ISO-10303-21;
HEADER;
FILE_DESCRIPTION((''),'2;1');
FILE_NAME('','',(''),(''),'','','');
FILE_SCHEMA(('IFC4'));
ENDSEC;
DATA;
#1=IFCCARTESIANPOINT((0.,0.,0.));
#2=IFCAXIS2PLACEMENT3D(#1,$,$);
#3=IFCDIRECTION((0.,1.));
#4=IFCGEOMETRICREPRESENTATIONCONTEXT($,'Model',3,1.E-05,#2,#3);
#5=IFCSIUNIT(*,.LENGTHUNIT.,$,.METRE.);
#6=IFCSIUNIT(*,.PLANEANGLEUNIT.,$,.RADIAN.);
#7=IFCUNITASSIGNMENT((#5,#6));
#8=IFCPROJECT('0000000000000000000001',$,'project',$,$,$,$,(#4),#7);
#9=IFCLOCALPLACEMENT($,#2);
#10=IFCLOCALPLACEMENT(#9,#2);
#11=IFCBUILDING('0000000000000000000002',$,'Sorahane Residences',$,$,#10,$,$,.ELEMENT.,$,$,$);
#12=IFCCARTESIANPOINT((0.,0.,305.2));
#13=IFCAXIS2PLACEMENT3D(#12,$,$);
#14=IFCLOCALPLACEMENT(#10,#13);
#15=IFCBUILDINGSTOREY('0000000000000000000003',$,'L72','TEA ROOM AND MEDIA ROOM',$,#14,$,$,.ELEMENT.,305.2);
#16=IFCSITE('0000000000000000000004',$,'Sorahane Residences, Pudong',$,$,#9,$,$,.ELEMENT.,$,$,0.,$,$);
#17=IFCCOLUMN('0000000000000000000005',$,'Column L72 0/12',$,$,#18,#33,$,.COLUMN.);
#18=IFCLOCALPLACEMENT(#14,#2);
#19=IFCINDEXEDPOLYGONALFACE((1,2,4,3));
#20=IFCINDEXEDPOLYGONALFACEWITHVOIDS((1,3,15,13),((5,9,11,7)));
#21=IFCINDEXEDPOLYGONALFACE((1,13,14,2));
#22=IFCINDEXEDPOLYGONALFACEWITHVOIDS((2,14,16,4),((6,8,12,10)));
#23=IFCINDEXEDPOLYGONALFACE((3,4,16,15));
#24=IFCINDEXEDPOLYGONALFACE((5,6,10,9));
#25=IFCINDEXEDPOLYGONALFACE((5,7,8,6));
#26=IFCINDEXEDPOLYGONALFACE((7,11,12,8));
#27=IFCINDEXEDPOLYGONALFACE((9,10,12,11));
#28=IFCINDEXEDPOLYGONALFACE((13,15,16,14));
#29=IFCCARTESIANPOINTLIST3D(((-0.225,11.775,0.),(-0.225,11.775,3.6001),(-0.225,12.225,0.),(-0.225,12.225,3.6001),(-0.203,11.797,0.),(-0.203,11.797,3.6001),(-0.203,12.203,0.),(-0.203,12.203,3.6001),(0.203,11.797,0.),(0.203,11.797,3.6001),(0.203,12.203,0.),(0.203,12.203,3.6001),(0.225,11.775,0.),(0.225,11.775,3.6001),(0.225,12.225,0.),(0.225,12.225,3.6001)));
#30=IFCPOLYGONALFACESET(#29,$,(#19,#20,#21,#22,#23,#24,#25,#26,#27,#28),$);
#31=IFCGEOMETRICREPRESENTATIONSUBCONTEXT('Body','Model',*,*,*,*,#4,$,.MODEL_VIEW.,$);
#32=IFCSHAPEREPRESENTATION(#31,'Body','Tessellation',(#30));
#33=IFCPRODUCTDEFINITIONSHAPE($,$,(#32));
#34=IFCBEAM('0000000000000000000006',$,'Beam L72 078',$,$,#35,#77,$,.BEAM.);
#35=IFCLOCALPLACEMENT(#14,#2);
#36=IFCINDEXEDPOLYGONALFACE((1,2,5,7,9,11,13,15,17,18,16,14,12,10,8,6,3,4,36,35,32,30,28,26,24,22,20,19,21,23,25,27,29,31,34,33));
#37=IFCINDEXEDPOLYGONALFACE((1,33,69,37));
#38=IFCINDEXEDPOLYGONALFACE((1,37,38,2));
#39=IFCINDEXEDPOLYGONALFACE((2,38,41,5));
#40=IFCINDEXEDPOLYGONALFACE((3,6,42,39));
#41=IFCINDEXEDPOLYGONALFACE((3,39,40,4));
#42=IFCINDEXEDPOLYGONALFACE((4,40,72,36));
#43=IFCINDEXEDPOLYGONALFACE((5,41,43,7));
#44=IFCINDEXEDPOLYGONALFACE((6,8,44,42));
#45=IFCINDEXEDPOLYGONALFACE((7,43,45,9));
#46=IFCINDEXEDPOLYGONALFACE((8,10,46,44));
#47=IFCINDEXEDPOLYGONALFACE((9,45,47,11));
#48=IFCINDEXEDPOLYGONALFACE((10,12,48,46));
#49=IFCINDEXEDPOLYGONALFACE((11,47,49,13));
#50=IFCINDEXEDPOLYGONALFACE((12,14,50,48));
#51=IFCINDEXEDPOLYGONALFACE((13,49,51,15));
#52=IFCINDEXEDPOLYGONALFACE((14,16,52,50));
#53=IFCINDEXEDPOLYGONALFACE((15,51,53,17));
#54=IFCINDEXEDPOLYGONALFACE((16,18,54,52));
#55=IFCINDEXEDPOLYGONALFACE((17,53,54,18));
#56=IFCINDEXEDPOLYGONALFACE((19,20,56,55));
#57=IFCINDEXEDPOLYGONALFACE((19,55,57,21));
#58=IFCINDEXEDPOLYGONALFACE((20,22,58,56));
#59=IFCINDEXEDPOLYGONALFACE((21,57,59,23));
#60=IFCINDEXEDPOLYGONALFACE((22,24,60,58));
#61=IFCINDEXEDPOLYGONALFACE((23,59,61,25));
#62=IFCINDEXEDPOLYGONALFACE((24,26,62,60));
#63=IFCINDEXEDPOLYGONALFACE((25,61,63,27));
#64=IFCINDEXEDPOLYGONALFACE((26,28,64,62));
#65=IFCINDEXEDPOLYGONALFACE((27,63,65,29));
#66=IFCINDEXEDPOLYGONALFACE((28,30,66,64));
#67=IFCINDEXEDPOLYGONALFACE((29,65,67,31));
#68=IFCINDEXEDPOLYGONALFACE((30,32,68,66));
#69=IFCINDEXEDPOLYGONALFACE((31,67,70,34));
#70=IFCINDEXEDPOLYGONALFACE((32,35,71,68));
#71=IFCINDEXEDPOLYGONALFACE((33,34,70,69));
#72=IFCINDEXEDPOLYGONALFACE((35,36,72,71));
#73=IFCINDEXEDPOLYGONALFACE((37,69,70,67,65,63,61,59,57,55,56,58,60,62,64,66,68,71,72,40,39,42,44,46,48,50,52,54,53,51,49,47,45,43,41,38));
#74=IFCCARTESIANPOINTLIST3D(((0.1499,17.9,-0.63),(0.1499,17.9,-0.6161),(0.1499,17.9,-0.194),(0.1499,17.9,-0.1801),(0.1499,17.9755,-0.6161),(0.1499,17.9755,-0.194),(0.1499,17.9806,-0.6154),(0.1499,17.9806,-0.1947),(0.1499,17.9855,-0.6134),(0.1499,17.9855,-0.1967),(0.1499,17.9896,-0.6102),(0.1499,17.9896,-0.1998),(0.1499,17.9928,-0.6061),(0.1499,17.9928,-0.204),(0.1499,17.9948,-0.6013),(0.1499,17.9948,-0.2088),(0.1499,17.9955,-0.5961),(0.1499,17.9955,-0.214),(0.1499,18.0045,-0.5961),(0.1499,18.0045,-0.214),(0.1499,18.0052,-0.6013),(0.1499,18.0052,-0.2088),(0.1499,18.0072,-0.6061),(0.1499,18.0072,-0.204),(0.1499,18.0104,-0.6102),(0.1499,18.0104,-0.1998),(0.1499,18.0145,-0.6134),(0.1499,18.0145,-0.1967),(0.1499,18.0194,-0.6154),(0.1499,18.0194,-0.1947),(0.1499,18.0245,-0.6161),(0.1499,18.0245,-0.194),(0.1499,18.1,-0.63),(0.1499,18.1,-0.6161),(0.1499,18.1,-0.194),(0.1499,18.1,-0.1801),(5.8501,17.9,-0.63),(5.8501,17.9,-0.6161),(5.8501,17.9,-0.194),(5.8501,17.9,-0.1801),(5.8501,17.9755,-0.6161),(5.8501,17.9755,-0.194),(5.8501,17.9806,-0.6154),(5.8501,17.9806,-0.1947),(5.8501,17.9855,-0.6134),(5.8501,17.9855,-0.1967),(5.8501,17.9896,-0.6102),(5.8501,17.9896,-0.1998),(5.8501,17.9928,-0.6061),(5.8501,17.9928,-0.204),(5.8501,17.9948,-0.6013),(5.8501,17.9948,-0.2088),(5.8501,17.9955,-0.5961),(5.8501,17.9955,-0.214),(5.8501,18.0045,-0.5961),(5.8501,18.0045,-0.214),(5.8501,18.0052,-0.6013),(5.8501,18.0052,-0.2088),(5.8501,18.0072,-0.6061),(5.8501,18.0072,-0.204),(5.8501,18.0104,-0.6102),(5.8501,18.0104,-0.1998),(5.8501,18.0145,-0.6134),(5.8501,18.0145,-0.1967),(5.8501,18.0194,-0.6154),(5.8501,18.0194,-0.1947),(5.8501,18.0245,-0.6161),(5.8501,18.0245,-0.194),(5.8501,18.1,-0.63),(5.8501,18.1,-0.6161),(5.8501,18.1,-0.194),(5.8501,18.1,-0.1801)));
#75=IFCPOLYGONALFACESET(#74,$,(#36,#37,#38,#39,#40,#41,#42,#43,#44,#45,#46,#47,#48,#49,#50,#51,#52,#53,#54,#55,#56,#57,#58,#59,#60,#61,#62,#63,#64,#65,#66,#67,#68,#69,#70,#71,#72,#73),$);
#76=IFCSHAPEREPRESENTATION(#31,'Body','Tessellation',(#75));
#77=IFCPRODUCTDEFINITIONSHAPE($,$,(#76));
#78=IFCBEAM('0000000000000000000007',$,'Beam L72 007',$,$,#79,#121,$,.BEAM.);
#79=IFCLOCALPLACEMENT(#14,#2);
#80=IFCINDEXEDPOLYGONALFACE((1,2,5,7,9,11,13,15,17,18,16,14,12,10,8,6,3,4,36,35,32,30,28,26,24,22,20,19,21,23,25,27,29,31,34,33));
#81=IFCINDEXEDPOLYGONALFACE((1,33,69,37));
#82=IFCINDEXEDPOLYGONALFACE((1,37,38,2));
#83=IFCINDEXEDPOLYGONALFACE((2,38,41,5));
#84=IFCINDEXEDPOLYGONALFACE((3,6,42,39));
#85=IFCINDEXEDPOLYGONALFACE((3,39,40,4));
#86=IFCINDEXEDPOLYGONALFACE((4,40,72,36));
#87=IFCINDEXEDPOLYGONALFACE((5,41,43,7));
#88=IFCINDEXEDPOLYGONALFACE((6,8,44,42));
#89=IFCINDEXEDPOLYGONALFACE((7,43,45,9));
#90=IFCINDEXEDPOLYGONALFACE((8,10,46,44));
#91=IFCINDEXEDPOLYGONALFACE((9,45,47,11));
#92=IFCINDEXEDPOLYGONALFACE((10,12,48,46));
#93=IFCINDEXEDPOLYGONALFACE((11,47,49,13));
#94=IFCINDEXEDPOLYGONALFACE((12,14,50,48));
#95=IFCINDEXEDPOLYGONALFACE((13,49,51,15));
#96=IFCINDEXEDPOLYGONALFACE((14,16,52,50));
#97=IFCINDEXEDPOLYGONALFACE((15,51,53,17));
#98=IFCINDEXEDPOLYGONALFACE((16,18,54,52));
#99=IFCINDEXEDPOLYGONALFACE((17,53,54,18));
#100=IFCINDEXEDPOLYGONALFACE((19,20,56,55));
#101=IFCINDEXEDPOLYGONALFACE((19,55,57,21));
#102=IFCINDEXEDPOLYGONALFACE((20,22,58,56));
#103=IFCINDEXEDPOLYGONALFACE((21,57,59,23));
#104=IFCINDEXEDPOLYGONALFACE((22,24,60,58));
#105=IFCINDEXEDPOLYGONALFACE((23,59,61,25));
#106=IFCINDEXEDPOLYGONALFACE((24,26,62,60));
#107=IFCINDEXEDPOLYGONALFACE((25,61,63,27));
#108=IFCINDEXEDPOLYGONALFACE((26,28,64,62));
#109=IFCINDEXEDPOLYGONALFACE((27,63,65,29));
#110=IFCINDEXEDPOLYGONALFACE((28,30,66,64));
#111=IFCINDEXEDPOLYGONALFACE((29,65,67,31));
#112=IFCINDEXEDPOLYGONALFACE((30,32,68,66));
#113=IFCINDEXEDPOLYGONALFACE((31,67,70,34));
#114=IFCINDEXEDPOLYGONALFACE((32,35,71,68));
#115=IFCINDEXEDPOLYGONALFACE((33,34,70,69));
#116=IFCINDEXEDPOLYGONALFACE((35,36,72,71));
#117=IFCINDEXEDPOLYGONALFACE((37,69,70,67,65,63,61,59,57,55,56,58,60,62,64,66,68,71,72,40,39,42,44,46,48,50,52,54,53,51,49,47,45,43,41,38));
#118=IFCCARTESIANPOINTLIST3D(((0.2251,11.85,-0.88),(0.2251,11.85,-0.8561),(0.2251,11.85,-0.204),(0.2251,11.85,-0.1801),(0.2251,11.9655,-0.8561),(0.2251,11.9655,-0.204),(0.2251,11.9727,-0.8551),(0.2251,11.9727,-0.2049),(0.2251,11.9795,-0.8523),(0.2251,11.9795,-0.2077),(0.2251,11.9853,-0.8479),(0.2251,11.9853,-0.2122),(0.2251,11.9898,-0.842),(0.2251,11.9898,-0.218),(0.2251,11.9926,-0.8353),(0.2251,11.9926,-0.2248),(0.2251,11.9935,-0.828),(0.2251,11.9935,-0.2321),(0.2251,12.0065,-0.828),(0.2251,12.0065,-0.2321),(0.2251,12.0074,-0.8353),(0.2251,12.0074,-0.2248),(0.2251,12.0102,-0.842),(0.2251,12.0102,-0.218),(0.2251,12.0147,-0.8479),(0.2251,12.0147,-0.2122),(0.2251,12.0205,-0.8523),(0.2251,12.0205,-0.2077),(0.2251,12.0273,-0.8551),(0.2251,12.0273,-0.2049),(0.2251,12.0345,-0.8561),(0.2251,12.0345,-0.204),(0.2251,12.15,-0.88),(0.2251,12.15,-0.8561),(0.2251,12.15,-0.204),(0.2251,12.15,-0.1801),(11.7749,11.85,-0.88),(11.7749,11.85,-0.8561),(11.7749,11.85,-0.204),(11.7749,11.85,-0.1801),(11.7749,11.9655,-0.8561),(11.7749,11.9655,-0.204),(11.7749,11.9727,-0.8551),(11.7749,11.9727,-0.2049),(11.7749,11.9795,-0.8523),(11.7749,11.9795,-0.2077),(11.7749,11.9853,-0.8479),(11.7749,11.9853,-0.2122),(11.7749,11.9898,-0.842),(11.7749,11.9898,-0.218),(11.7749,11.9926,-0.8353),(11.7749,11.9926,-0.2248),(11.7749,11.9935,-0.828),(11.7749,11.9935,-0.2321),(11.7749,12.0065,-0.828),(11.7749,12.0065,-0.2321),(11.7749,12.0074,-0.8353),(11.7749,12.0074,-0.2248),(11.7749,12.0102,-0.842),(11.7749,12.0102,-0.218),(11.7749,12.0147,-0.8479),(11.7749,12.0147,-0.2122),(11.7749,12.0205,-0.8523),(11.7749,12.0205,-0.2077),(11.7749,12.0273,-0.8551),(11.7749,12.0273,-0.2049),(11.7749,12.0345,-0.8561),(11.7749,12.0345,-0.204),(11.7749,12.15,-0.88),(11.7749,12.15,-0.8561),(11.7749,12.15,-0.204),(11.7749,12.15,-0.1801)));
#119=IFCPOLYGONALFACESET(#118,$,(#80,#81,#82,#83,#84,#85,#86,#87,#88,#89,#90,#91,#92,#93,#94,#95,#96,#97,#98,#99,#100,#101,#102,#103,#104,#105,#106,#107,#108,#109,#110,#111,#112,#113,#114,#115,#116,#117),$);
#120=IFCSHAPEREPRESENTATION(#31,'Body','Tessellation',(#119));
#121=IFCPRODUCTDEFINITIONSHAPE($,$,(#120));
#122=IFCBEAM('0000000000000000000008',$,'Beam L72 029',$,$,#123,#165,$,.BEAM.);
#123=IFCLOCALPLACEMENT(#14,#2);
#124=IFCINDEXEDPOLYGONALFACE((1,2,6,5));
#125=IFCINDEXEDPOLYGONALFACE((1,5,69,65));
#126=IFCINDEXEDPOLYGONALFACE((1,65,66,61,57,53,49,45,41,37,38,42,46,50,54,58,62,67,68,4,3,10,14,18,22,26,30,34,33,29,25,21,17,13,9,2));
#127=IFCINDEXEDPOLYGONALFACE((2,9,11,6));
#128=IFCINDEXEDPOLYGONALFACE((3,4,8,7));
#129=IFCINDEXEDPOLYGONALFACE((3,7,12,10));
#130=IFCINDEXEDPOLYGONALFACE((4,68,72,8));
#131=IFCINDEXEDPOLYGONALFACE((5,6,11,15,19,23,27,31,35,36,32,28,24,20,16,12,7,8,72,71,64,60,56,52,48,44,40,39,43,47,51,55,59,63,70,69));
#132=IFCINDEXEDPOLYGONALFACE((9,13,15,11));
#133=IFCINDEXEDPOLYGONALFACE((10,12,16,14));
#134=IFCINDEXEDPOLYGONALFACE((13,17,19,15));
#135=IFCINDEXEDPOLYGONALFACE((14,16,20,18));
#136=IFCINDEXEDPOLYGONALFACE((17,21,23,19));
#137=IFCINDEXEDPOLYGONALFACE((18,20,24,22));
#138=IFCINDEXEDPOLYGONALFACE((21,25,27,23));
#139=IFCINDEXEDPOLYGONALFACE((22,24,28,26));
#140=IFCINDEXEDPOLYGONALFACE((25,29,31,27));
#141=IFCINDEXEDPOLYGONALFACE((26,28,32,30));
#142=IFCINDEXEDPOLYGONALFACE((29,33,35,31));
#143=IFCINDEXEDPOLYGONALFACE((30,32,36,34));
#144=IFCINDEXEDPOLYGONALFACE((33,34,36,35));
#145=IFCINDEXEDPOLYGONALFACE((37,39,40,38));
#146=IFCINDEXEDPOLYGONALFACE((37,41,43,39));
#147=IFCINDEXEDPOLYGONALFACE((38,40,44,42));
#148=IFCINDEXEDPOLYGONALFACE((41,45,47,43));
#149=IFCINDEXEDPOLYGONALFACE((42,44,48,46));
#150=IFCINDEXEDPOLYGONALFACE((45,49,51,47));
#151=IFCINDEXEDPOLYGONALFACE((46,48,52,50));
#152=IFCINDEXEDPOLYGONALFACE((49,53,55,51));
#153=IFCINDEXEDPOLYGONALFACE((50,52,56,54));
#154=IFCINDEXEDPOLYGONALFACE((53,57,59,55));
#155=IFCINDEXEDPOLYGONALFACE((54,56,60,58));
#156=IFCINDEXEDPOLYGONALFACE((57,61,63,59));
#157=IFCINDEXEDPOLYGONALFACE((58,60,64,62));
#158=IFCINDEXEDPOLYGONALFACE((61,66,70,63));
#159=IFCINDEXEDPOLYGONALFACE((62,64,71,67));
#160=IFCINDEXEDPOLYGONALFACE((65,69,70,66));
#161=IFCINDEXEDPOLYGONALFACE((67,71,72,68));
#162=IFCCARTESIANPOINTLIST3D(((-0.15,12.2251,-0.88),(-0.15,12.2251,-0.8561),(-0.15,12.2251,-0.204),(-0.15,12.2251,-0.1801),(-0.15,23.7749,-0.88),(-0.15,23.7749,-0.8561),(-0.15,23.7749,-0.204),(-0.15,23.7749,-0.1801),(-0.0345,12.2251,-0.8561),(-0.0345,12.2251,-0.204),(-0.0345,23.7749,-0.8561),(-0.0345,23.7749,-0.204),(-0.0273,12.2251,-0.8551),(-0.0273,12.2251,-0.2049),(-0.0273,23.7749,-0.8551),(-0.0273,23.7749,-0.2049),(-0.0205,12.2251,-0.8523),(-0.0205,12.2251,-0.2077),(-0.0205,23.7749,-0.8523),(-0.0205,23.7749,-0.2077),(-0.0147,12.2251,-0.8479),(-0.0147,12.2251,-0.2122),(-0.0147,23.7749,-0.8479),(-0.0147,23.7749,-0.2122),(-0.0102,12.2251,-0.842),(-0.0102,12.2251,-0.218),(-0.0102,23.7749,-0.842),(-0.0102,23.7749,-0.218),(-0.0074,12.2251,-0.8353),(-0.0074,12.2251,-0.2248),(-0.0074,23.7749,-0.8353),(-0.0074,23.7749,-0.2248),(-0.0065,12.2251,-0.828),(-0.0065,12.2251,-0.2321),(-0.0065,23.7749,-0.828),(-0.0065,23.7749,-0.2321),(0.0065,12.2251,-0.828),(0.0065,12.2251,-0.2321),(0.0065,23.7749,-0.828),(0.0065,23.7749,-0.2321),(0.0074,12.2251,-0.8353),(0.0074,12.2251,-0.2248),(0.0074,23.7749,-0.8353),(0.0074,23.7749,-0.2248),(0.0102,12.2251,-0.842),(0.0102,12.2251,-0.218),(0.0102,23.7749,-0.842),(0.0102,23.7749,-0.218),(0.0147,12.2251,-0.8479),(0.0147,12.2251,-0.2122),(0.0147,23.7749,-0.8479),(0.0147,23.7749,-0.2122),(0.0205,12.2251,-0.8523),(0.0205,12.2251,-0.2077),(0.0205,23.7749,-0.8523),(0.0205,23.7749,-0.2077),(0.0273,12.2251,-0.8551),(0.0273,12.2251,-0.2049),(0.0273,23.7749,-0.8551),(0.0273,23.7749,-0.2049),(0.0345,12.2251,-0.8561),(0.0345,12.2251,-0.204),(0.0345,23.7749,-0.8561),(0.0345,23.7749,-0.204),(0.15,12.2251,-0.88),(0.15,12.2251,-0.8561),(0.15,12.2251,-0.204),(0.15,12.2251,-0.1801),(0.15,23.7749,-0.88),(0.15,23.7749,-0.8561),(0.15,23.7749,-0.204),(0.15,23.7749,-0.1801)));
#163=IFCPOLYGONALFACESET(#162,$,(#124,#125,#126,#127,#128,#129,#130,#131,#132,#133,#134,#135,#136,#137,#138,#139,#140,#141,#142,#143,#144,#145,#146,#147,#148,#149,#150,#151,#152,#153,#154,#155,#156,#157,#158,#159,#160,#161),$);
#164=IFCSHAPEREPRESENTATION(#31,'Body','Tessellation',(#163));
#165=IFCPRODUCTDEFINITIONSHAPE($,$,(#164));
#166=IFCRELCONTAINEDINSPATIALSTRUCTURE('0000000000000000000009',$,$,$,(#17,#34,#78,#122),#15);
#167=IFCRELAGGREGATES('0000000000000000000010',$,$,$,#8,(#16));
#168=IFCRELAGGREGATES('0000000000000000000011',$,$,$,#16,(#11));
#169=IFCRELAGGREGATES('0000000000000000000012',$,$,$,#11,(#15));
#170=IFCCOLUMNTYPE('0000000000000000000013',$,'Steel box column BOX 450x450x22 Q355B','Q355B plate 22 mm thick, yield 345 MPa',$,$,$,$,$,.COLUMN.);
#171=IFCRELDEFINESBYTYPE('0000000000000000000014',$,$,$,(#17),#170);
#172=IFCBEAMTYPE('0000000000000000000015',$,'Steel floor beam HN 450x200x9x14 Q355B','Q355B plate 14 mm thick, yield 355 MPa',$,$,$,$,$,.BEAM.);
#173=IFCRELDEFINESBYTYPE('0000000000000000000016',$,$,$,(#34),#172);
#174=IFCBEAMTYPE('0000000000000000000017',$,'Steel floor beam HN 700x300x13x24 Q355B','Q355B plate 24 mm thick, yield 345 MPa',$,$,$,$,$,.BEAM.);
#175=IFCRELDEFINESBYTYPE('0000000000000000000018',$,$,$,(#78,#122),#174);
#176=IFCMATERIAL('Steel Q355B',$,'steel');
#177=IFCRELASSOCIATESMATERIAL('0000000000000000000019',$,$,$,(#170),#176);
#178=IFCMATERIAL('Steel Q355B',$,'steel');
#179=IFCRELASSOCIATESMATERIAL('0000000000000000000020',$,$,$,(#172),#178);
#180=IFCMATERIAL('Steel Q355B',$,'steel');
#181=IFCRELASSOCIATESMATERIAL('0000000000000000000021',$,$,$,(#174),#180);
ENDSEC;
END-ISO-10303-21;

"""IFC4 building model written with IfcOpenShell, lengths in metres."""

from ifc_helpers import new_model, si_unit, direction, frame, origin, origin_2d, place, context, subcontext, project, spatial, hollow_rectangle, i_section, extrude, material, material_profile, profile_set, type_object, element, save


model = new_model("IFC4")

# Units and contexts
model_context = context("Model", 3, precision=1e-05, world=origin(), true_north=direction((0.0, 1.0)))
body_context = subcontext(model_context, "Body", "Model", "MODEL_VIEW")
ifc_project = project(units=[si_unit("LENGTHUNIT", "METRE"), si_unit("PLANEANGLEUNIT", "RADIAN")], contexts=[model_context])

# Site, building, storey
site_placement = place(None, origin())
site = spatial("IfcSite", under=ifc_project, at=site_placement, Name="Sorahane Residences, Pudong", CompositionType="ELEMENT", RefElevation=0.0)
building_placement = place(site_placement, origin())
building = spatial("IfcBuilding", under=site, at=building_placement, Name="Sorahane Residences", CompositionType="ELEMENT")
storey_placement = place(building_placement, frame((0.0, 0.0, 305.2)))
storey = spatial("IfcBuildingStorey", under=building, at=storey_placement, Name="L72", Description="TEA ROOM AND MEDIA ROOM", CompositionType="ELEMENT", Elevation=305.2)

# Column
ifc_material_1 = material(Name="Steel Q355B", Category="steel")
ifc_material_profile_1 = material_profile(ifc_material_1, hollow_rectangle(XDim=0.45, YDim=0.45, WallThickness=0.022, at=origin_2d()), Name="BOX 450x450x22")
ifc_profile_set_1 = profile_set([ifc_material_profile_1], Name="Steel Q355B")
column_type = type_object("IfcColumnType", Name="Steel box column BOX 450x450x22 Q355B", Description="Q355B plate 22 mm thick, yield 345 MPa", PredefinedType="COLUMN", material=ifc_profile_set_1)
column_placement = place(storey_placement, frame((0.0, 12.0, 0.0), z_axis=(0.0, 0.0, 1.0), x_axis=(1.0, 0.0, 0.0)))
element("IfcColumn", 1, at=column_placement, inside=storey, type_object=column_type, Name="Column L72 0/12", PredefinedType="COLUMN", context=body_context, shape_type="SweptSolid", body=[
    extrude(hollow_rectangle(XDim=0.45, YDim=0.45, WallThickness=0.022, at=origin_2d()), origin(), (0.0, 0.0, 1.0), 3.6001),
])

# Beams
ifc_material_2 = material(Name="Steel Q355B", Category="steel")
ifc_material_profile_2 = material_profile(ifc_material_2, i_section(OverallWidth=0.2, OverallDepth=0.45, WebThickness=0.009, FlangeThickness=0.0139, FilletRadius=0.02, at=origin_2d()), Name="HN 450x200x9x14")
ifc_profile_set_2 = profile_set([ifc_material_profile_2], Name="Steel Q355B")
beam_type_1 = type_object("IfcBeamType", Name="Steel floor beam HN 450x200x9x14 Q355B", Description="Q355B plate 14 mm thick, yield 355 MPa", PredefinedType="BEAM", material=ifc_profile_set_2)
beam_1_placement = place(storey_placement, frame((0.1499, 18.0, -0.405), z_axis=(1.0, 0.0, 0.0), x_axis=(0.0, 1.0, 0.0)))
element("IfcBeam", 2, at=beam_1_placement, inside=storey, type_object=beam_type_1, Name="Beam L72 078", PredefinedType="BEAM", context=body_context, shape_type="SweptSolid", body=[
    extrude(i_section(OverallWidth=0.2, OverallDepth=0.45, WebThickness=0.009, FlangeThickness=0.0139, FilletRadius=0.02, at=origin_2d()), origin(), (0.0, 0.0, 1.0), 5.7002),
])
ifc_material_3 = material(Name="Steel Q355B", Category="steel")
ifc_material_profile_3 = material_profile(ifc_material_3, i_section(OverallWidth=0.3, OverallDepth=0.7, WebThickness=0.0129, FlangeThickness=0.0239, FilletRadius=0.0281, at=origin_2d()), Name="HN 700x300x13x24")
ifc_profile_set_3 = profile_set([ifc_material_profile_3], Name="Steel Q355B")
beam_type_2 = type_object("IfcBeamType", Name="Steel floor beam HN 700x300x13x24 Q355B", Description="Q355B plate 24 mm thick, yield 345 MPa", PredefinedType="BEAM", material=ifc_profile_set_3)
for number, where, z_axis, x_axis, name in (
    (3, (0.2251, 12.0, -0.53), (1.0, 0.0, 0.0), (0.0, 1.0, 0.0), "Beam L72 007"),
    (4, (0.0, 12.2251, -0.53), (0.0, 1.0, 0.0), (-1.0, 0.0, 0.0), "Beam L72 029"),
):
    element("IfcBeam", number, at=place(storey_placement, frame(where, z_axis=z_axis, x_axis=x_axis)), inside=storey, type_object=beam_type_2, Name=name, PredefinedType="BEAM", context=body_context, shape_type="SweptSolid", body=[
        extrude(i_section(OverallWidth=0.3, OverallDepth=0.7, WebThickness=0.0129, FlangeThickness=0.0239, FilletRadius=0.0281, at=origin_2d()), origin(), (0.0, 0.0, 1.0), 11.5498),
    ])

save(model, "model.ifc")
